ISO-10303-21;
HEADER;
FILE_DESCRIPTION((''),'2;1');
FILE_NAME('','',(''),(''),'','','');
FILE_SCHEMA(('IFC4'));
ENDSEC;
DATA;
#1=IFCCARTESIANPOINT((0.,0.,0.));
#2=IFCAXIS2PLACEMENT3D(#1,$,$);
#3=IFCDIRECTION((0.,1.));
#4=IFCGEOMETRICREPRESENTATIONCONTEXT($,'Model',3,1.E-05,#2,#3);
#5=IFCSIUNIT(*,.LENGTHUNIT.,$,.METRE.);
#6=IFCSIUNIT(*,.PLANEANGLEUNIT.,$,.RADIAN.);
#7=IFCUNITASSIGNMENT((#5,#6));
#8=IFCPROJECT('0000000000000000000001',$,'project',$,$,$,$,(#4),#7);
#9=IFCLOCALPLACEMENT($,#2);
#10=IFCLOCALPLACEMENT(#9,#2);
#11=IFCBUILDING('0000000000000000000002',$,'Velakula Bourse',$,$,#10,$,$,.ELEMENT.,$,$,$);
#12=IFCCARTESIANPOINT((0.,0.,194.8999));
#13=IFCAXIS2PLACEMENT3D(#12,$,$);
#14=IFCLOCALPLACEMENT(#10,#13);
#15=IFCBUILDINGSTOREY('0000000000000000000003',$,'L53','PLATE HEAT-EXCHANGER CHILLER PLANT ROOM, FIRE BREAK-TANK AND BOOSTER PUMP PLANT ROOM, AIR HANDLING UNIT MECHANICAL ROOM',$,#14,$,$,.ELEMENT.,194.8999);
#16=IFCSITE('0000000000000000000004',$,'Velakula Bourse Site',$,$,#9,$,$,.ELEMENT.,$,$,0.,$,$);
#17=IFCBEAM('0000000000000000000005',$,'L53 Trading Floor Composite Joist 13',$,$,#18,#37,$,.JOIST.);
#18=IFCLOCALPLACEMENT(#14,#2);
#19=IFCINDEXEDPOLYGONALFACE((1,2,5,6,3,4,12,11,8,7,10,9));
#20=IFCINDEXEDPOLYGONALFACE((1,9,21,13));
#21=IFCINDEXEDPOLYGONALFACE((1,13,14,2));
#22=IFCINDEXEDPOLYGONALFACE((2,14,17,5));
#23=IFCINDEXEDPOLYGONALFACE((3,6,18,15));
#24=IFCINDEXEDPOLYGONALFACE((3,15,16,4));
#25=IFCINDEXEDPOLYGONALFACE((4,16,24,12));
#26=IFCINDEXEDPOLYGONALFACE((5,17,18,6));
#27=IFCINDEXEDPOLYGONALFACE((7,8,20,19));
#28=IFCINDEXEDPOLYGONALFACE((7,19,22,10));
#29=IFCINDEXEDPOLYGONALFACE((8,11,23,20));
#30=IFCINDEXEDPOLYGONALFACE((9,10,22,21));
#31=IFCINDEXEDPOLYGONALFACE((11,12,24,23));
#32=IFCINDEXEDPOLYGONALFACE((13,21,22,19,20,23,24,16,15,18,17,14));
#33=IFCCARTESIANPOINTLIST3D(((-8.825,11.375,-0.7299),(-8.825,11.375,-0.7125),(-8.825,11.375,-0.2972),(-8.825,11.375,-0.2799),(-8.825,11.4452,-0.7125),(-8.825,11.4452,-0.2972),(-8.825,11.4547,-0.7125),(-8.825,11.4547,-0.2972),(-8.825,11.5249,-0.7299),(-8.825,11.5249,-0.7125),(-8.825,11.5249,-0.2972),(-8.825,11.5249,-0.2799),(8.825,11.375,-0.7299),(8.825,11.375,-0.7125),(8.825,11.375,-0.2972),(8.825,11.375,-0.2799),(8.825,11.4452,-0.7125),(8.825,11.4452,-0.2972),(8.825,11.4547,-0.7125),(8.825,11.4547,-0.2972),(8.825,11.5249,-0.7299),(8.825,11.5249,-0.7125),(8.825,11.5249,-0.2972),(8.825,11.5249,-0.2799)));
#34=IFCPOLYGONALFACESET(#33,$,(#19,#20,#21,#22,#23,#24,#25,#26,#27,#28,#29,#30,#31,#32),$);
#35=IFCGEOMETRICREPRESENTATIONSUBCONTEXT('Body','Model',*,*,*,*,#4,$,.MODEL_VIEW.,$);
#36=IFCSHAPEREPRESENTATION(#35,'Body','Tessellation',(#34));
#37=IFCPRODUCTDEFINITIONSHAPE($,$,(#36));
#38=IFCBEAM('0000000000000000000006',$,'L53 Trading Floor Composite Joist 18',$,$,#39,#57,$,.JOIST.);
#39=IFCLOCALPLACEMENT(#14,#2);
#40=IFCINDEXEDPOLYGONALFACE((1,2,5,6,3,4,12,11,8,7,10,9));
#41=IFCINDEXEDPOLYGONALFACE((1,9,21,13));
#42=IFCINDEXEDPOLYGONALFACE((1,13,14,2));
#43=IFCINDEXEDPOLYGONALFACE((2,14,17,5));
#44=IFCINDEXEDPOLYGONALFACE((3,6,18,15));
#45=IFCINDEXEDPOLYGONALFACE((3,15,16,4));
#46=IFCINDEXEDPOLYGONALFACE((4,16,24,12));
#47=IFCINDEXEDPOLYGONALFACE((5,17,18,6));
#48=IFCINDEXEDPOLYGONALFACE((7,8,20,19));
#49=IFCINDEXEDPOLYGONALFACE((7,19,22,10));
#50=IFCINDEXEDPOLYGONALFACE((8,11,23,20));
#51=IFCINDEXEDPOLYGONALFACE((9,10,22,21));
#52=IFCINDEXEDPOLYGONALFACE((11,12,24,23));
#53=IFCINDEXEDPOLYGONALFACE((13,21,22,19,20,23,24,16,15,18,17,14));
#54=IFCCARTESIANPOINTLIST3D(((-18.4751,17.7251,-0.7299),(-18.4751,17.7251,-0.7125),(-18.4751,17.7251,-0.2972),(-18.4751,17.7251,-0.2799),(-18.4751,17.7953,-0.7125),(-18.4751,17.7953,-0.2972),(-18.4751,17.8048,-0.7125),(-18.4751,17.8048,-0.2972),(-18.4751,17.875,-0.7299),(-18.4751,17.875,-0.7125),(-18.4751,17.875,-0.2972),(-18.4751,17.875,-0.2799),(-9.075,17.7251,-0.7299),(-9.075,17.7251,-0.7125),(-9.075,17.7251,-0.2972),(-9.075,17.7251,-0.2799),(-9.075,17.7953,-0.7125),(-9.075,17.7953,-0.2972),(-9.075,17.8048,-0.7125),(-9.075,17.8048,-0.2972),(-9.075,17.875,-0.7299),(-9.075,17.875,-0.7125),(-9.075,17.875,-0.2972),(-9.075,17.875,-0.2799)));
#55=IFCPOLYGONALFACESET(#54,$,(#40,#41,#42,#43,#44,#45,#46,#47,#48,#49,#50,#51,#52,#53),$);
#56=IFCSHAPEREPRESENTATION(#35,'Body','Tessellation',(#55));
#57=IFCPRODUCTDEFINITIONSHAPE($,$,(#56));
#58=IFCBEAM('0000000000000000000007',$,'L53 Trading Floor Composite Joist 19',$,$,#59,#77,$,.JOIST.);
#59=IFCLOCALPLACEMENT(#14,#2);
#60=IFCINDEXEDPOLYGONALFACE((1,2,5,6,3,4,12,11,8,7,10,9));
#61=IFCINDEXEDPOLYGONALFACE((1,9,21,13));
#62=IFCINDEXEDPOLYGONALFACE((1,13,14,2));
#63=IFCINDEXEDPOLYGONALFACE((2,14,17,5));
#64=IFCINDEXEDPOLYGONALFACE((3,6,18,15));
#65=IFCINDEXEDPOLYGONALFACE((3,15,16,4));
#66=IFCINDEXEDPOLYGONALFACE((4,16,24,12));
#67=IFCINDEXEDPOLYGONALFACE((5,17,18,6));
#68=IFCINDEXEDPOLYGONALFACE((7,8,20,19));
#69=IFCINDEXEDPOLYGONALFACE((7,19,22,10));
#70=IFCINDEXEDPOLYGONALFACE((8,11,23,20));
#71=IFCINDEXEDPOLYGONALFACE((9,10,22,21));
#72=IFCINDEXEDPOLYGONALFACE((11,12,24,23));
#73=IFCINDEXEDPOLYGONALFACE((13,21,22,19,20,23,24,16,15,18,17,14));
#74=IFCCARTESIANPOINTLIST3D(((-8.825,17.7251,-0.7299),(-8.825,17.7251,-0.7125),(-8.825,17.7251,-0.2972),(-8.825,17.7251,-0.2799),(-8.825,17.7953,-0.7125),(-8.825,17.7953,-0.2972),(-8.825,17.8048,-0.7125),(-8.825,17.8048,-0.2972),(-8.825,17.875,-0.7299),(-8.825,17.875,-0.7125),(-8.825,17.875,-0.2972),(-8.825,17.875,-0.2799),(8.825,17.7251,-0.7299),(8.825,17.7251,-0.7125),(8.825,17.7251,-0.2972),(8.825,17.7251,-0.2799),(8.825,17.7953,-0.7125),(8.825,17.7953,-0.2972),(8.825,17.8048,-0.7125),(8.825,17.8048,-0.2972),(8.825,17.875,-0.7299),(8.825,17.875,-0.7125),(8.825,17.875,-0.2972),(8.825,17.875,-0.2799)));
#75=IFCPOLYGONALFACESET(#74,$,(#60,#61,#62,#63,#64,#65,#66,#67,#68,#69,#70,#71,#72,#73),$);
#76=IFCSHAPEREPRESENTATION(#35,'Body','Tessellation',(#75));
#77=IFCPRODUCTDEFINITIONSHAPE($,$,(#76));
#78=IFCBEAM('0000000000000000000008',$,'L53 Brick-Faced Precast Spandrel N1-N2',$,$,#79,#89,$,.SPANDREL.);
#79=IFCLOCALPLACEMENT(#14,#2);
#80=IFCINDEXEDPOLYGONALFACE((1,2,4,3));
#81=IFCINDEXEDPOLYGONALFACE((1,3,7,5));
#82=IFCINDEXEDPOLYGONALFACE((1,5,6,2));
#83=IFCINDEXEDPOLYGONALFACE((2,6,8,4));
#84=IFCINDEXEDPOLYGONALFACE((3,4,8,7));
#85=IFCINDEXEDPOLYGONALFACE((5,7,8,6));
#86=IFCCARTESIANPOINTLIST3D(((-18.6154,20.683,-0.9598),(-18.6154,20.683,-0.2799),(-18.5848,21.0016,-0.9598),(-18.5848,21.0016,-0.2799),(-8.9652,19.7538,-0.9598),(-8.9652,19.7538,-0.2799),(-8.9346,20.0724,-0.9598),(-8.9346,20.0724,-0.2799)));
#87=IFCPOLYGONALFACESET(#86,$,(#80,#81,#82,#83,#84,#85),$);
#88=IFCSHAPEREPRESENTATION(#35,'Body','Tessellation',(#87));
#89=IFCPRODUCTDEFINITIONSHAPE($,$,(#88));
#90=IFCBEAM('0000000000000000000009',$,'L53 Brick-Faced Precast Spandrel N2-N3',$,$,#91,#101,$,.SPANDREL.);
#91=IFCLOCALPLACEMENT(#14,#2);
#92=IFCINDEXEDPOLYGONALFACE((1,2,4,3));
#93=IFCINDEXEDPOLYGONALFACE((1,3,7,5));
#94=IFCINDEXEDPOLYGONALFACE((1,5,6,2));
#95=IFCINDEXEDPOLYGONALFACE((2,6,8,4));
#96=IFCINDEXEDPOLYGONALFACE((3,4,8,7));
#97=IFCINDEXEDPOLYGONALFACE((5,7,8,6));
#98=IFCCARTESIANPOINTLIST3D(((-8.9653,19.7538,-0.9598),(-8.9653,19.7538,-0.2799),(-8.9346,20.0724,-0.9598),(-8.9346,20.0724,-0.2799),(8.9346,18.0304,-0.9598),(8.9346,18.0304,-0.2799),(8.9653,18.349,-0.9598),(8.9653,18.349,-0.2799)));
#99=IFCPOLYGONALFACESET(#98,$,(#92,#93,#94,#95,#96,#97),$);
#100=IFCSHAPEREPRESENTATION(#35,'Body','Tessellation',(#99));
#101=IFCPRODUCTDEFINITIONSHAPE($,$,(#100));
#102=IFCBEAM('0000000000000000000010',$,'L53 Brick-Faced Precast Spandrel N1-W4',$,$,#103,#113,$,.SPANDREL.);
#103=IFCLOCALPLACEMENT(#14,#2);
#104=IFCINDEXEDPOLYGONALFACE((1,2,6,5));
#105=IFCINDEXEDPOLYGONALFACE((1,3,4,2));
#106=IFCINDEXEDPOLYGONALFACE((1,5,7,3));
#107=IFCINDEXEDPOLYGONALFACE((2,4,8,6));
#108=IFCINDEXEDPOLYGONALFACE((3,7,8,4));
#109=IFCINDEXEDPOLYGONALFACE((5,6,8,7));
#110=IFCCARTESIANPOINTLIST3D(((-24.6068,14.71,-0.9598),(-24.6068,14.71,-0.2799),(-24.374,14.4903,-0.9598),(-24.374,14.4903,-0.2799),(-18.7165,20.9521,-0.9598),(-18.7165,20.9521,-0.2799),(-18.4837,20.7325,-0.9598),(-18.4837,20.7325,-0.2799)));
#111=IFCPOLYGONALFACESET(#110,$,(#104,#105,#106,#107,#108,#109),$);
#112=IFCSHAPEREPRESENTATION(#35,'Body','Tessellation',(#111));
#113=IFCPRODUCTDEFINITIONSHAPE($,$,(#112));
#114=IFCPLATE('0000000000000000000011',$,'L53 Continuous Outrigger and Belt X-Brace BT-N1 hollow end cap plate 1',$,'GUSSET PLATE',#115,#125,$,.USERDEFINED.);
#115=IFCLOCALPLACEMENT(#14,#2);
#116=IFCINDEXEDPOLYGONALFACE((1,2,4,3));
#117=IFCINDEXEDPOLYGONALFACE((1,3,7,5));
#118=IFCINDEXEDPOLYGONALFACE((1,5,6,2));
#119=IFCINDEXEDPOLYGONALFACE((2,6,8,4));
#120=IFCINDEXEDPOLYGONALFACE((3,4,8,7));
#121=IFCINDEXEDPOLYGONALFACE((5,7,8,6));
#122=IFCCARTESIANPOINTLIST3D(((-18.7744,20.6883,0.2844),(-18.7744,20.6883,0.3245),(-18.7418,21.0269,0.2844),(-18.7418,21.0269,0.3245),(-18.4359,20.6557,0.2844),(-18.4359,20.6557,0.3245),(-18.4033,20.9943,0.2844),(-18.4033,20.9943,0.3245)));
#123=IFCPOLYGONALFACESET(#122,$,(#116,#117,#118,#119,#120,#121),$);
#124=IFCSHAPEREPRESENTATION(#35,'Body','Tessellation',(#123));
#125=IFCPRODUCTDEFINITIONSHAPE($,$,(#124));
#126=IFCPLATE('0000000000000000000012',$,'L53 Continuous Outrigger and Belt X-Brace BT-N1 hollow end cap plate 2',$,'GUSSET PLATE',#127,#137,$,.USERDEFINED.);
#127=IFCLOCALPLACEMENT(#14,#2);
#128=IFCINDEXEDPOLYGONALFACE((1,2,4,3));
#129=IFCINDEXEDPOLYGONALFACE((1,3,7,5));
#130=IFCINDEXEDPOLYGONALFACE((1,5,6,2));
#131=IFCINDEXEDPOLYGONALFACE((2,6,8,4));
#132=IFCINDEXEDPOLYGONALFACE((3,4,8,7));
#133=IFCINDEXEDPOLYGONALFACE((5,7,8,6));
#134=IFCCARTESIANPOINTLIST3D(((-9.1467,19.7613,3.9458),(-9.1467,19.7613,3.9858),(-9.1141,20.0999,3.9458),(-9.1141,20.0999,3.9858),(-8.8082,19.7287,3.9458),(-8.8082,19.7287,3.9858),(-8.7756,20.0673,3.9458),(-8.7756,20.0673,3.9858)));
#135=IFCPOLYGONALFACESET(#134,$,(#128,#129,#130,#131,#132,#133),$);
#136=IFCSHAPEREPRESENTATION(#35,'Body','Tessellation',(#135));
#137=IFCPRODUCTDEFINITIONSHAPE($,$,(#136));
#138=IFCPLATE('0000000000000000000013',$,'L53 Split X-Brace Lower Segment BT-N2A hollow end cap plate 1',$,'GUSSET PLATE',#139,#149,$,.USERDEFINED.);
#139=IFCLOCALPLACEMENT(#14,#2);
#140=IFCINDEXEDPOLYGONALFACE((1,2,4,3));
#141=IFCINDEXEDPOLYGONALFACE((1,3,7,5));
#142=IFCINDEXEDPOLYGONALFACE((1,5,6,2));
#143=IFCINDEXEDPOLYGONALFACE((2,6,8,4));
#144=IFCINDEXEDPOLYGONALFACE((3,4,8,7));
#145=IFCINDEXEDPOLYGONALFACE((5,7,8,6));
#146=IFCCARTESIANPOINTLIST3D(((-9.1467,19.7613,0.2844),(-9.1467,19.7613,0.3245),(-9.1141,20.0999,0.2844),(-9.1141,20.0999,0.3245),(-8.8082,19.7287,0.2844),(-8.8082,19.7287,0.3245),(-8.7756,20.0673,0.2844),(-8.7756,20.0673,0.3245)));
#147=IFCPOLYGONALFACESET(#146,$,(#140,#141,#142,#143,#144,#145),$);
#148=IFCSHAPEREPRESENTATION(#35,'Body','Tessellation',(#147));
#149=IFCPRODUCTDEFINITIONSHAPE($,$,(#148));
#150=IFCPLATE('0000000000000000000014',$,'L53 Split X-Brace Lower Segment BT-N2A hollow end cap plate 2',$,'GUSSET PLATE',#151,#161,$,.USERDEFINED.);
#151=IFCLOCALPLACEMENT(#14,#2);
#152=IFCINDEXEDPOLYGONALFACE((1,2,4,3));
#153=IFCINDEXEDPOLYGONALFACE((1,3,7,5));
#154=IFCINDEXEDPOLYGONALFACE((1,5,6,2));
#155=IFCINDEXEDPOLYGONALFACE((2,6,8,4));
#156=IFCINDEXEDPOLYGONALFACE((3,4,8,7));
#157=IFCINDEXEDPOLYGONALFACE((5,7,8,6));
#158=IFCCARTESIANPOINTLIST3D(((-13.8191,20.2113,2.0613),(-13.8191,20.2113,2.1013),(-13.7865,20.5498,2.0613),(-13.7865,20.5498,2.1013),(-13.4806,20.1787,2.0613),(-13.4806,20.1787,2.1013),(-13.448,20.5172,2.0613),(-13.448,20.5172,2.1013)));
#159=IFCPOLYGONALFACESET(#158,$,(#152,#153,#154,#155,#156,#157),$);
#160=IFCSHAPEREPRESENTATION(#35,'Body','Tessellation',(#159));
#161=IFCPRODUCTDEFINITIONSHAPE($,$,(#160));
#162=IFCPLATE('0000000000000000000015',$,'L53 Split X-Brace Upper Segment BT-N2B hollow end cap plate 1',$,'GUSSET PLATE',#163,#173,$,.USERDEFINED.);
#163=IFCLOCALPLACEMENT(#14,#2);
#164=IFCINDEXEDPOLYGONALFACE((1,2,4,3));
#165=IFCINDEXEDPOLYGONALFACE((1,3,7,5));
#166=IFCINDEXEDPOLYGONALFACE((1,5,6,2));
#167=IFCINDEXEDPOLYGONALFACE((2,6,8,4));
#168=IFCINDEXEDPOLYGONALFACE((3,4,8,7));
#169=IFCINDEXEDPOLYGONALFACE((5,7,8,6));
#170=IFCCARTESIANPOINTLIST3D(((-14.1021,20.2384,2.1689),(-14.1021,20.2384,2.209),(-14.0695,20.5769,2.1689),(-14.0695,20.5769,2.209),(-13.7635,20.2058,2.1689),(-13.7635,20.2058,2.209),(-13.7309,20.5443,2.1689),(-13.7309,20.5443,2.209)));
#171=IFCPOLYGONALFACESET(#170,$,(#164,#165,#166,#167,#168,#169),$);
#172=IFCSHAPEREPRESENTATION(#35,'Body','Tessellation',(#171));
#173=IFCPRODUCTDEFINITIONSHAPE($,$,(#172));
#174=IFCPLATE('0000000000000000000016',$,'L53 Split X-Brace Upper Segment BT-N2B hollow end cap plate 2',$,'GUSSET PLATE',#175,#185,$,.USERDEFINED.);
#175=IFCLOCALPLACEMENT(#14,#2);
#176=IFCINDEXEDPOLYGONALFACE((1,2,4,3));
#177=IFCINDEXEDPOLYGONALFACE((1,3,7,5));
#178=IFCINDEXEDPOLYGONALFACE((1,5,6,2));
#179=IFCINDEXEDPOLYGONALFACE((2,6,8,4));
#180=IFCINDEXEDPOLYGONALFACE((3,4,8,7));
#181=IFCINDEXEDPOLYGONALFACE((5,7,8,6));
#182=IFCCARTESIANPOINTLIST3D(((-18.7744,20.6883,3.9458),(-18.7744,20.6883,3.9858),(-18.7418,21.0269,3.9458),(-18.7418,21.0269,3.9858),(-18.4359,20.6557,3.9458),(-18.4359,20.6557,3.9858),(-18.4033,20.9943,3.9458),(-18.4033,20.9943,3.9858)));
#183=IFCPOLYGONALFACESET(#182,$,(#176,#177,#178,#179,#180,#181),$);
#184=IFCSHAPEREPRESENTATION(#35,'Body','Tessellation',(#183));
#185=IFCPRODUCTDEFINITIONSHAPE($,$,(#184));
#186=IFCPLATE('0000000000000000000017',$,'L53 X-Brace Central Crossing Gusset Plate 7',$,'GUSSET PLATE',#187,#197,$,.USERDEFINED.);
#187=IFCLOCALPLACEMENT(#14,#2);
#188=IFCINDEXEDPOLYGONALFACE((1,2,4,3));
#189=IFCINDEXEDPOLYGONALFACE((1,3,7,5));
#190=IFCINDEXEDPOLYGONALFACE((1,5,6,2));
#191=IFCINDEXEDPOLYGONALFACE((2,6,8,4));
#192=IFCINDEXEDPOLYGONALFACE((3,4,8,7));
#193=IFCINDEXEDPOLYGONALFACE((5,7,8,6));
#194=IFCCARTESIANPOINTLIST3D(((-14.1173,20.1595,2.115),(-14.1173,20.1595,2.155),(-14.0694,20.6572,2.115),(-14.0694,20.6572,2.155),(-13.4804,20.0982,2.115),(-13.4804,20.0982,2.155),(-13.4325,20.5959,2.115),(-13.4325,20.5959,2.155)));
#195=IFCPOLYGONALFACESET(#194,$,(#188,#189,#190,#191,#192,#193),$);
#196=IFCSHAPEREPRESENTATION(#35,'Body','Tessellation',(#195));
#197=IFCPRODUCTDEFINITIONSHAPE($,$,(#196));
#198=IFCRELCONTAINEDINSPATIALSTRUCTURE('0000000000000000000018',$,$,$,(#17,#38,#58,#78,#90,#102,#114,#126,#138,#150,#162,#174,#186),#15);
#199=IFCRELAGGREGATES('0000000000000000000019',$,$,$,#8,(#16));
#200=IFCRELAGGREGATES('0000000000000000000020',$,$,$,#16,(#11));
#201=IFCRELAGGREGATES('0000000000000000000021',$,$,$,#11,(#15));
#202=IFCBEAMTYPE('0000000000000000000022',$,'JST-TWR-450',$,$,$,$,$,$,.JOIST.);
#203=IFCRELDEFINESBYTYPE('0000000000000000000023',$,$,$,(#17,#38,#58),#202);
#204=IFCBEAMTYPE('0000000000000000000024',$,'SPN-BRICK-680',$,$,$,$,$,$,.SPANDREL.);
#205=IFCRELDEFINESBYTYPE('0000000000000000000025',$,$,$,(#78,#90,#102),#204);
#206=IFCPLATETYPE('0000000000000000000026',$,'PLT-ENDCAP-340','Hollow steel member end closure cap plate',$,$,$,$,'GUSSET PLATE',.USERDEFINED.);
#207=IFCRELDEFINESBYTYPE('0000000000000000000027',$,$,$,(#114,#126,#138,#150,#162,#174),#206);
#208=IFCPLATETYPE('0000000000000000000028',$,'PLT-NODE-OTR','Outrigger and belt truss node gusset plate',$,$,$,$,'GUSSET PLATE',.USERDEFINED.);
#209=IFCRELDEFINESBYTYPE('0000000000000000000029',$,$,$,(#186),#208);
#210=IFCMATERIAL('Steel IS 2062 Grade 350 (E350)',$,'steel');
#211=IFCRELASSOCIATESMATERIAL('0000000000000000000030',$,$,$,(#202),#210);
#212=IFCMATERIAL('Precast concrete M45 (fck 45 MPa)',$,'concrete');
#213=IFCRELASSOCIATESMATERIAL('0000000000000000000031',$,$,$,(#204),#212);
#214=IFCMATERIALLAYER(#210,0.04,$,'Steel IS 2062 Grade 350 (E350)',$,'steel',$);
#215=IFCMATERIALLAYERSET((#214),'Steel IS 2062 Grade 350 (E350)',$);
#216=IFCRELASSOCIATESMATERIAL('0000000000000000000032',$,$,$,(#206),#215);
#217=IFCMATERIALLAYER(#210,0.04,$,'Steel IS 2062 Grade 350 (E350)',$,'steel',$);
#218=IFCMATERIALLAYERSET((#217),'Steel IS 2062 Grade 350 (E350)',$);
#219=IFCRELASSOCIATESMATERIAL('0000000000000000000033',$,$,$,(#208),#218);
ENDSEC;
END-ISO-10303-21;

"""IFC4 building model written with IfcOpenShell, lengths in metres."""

from ifc_helpers import new_model, si_unit, direction, frame, origin, origin_2d, place, context, subcontext, project, spatial, rectangle, i_section, extrude, material, layer, layer_set, material_profile, profile_set, type_object, element, save


model = new_model("IFC4")

# Units and contexts
model_context = context("Model", 3, precision=1e-05, world=origin(), true_north=direction((0.0, 1.0)))
body_context = subcontext(model_context, "Body", "Model", "MODEL_VIEW")
ifc_project = project(units=[si_unit("LENGTHUNIT", "METRE"), si_unit("PLANEANGLEUNIT", "RADIAN")], contexts=[model_context])

# Site, building, storey
site_placement = place(None, origin())
site = spatial("IfcSite", under=ifc_project, at=site_placement, Name="Velakula Bourse Site", CompositionType="ELEMENT", RefElevation=0.0)
building_placement = place(site_placement, origin())
building = spatial("IfcBuilding", under=site, at=building_placement, Name="Velakula Bourse", CompositionType="ELEMENT")
storey_placement = place(building_placement, frame((0.0, 0.0, 194.8999)))
storey = spatial("IfcBuildingStorey", under=building, at=storey_placement, Name="L53", Description="PLATE HEAT-EXCHANGER CHILLER PLANT ROOM, FIRE BREAK-TANK AND BOOSTER PUMP PLANT ROOM, AIR HANDLING UNIT MECHANICAL ROOM", CompositionType="ELEMENT", Elevation=194.8999)

# Shared definitions
ifc_material_1 = material(Name="Steel IS 2062 Grade 350 (E350)", Category="steel")

# Beams
ifc_material_profile_1 = material_profile(ifc_material_1, i_section(OverallWidth=0.1499, OverallDepth=0.45, WebThickness=0.0095, FlangeThickness=0.0173, at=origin_2d()), Name="Steel IS 2062 Grade 350 (E350)")
ifc_profile_set_1 = profile_set([ifc_material_profile_1], Name="Steel IS 2062 Grade 350 (E350)")
beam_type_1 = type_object("IfcBeamType", Name="JST-TWR-450", PredefinedType="JOIST", material=ifc_profile_set_1)
beam_1_placement = place(storey_placement, frame((-8.825, 11.45, -0.5049), z_axis=(1.0, 0.0, 0.0), x_axis=(0.0, 1.0, 0.0)))
element("IfcBeam", 1, at=beam_1_placement, inside=storey, type_object=beam_type_1, Name="L53 Trading Floor Composite Joist 13", PredefinedType="JOIST", context=body_context, shape_type="SweptSolid", body=[
    extrude(i_section(OverallWidth=0.1499, OverallDepth=0.45, WebThickness=0.0095, FlangeThickness=0.0173, at=origin_2d()), origin(), (0.0, 0.0, 1.0), 17.6499),
])
beam_2_placement = place(storey_placement, frame((-18.4751, 17.8, -0.5049), z_axis=(1.0, 0.0, 0.0), x_axis=(0.0, 1.0, 0.0)))
element("IfcBeam", 2, at=beam_2_placement, inside=storey, type_object=beam_type_1, Name="L53 Trading Floor Composite Joist 18", PredefinedType="JOIST", context=body_context, shape_type="SweptSolid", body=[
    extrude(i_section(OverallWidth=0.1499, OverallDepth=0.45, WebThickness=0.0095, FlangeThickness=0.0173, at=origin_2d()), origin(), (0.0, 0.0, 1.0), 9.4001),
])
beam_3_placement = place(storey_placement, frame((-8.825, 17.8, -0.5049), z_axis=(1.0, 0.0, 0.0), x_axis=(0.0, 1.0, 0.0)))
element("IfcBeam", 3, at=beam_3_placement, inside=storey, type_object=beam_type_1, Name="L53 Trading Floor Composite Joist 19", PredefinedType="JOIST", context=body_context, shape_type="SweptSolid", body=[
    extrude(i_section(OverallWidth=0.1499, OverallDepth=0.45, WebThickness=0.0095, FlangeThickness=0.0173, at=origin_2d()), origin(), (0.0, 0.0, 1.0), 17.6499),
])
ifc_material_2 = material(Name="Precast concrete M45 (fck 45 MPa)", Category="concrete")
ifc_material_profile_2 = material_profile(ifc_material_2, rectangle(XDim=0.3201, YDim=0.6799, at=origin_2d()), Name="Precast concrete M45 (fck 45 MPa)")
ifc_profile_set_2 = profile_set([ifc_material_profile_2], Name="Precast concrete M45 (fck 45 MPa)")
beam_type_2 = type_object("IfcBeamType", Name="SPN-BRICK-680", PredefinedType="SPANDREL", material=ifc_profile_set_2)
beam_4_placement = place(storey_placement, frame((-18.6001, 20.8423, -0.6199), z_axis=(0.995396, -0.095845, 0.0), x_axis=(0.095845, 0.995396, 0.0)))
element("IfcBeam", 4, at=beam_4_placement, inside=storey, type_object=beam_type_2, Name="L53 Brick-Faced Precast Spandrel N1-N2", PredefinedType="SPANDREL", context=body_context, shape_type="SweptSolid", body=[
    extrude(rectangle(XDim=0.3201, YDim=0.6799, at=origin_2d()), origin(), (0.0, 0.0, 1.0), 9.6948),
])
beam_5_placement = place(storey_placement, frame((-8.95, 19.9131, -0.6199), z_axis=(0.995397, -0.095836, 0.0), x_axis=(0.095836, 0.995397, 0.0)))
element("IfcBeam", 5, at=beam_5_placement, inside=storey, type_object=beam_type_2, Name="L53 Brick-Faced Precast Spandrel N2-N3", PredefinedType="SPANDREL", context=body_context, shape_type="SweptSolid", body=[
    extrude(rectangle(XDim=0.3201, YDim=0.6799, at=origin_2d()), origin(), (0.0, 0.0, 1.0), 17.9827),
])
beam_6_placement = place(storey_placement, frame((-18.6001, 20.8423, -0.6199), z_axis=(-0.686314, -0.727305, 0.0), x_axis=(0.727305, -0.686314, 0.0)))
element("IfcBeam", 6, at=beam_6_placement, inside=storey, type_object=beam_type_2, Name="L53 Brick-Faced Precast Spandrel N1-W4", PredefinedType="SPANDREL", context=body_context, shape_type="SweptSolid", body=[
    extrude(rectangle(XDim=0.3201, YDim=0.6799, at=origin_2d()), origin(), (0.0, 0.0, 1.0), 8.5825),
])

# Plates
ifc_layer_1 = layer(ifc_material_1, 0.04, Name="Steel IS 2062 Grade 350 (E350)", Category="steel")
ifc_layer_set_1 = layer_set([ifc_layer_1], Name="Steel IS 2062 Grade 350 (E350)")
plate_type_1 = type_object("IfcPlateType", Name="PLT-ENDCAP-340", Description="Hollow steel member end closure cap plate", ElementType="GUSSET PLATE", PredefinedType="USERDEFINED", material=ifc_layer_set_1)
for number, where, z_axis, x_axis, name in (
    (7, (-18.5889, 20.8413, 0.2844), (0.0, 0.0, 1.0), (0.995396, -0.095846, 0.0), "L53 Continuous Outrigger and Belt X-Brace BT-N1 hollow end cap plate 1"),
    (8, (-8.9612, 19.9143, 3.9458), (0.0, 0.0, 1.0), (0.995396, -0.095846, 0.0), "L53 Continuous Outrigger and Belt X-Brace BT-N1 hollow end cap plate 2"),
    (9, (-8.9612, 19.9143, 0.2844), (0.0, 0.0, 1.0), (-0.995396, 0.095846, 0.0), "L53 Split X-Brace Lower Segment BT-N2A hollow end cap plate 1"),
    (10, (-13.6335, 20.3643, 2.0613), (0.0, 0.0, 1.0), (-0.995396, 0.095846, 0.0), "L53 Split X-Brace Lower Segment BT-N2A hollow end cap plate 2"),
    (11, (-13.9165, 20.3914, 2.1689), (0.0, 0.0, 1.0), (-0.995396, 0.095846, 0.0), "L53 Split X-Brace Upper Segment BT-N2B hollow end cap plate 1"),
    (12, (-18.5889, 20.8413, 3.9458), (0.0, 0.0, 1.0), (-0.995396, 0.095846, 0.0), "L53 Split X-Brace Upper Segment BT-N2B hollow end cap plate 2"),
):
    element("IfcPlate", number, at=place(storey_placement, frame(where, z_axis=z_axis, x_axis=x_axis)), inside=storey, type_object=plate_type_1, Name=name, ObjectType="GUSSET PLATE", PredefinedType="USERDEFINED", context=body_context, shape_type="SweptSolid", body=[
        extrude(rectangle(XDim=0.3401, YDim=0.3401, at=origin_2d()), origin(), (0.0, 0.0, 1.0), 0.04),
    ])
ifc_layer_2 = layer(ifc_material_1, 0.04, Name="Steel IS 2062 Grade 350 (E350)", Category="steel")
ifc_layer_set_2 = layer_set([ifc_layer_2], Name="Steel IS 2062 Grade 350 (E350)")
plate_type_2 = type_object("IfcPlateType", Name="PLT-NODE-OTR", Description="Outrigger and belt truss node gusset plate", ElementType="GUSSET PLATE", PredefinedType="USERDEFINED", material=ifc_layer_set_2)
plate_placement = place(storey_placement, frame((-13.7749, 20.3777, 2.115), z_axis=(0.0, 0.0, 1.0), x_axis=(0.995396, -0.095846, 0.0)))
element("IfcPlate", 13, at=plate_placement, inside=storey, type_object=plate_type_2, Name="L53 X-Brace Central Crossing Gusset Plate 7", ObjectType="GUSSET PLATE", PredefinedType="USERDEFINED", context=body_context, shape_type="SweptSolid", body=[
    extrude(rectangle(XDim=0.6399, YDim=0.5, at=origin_2d()), origin(), (0.0, 0.0, 1.0), 0.04),
])

save(model, "model.ifc")
